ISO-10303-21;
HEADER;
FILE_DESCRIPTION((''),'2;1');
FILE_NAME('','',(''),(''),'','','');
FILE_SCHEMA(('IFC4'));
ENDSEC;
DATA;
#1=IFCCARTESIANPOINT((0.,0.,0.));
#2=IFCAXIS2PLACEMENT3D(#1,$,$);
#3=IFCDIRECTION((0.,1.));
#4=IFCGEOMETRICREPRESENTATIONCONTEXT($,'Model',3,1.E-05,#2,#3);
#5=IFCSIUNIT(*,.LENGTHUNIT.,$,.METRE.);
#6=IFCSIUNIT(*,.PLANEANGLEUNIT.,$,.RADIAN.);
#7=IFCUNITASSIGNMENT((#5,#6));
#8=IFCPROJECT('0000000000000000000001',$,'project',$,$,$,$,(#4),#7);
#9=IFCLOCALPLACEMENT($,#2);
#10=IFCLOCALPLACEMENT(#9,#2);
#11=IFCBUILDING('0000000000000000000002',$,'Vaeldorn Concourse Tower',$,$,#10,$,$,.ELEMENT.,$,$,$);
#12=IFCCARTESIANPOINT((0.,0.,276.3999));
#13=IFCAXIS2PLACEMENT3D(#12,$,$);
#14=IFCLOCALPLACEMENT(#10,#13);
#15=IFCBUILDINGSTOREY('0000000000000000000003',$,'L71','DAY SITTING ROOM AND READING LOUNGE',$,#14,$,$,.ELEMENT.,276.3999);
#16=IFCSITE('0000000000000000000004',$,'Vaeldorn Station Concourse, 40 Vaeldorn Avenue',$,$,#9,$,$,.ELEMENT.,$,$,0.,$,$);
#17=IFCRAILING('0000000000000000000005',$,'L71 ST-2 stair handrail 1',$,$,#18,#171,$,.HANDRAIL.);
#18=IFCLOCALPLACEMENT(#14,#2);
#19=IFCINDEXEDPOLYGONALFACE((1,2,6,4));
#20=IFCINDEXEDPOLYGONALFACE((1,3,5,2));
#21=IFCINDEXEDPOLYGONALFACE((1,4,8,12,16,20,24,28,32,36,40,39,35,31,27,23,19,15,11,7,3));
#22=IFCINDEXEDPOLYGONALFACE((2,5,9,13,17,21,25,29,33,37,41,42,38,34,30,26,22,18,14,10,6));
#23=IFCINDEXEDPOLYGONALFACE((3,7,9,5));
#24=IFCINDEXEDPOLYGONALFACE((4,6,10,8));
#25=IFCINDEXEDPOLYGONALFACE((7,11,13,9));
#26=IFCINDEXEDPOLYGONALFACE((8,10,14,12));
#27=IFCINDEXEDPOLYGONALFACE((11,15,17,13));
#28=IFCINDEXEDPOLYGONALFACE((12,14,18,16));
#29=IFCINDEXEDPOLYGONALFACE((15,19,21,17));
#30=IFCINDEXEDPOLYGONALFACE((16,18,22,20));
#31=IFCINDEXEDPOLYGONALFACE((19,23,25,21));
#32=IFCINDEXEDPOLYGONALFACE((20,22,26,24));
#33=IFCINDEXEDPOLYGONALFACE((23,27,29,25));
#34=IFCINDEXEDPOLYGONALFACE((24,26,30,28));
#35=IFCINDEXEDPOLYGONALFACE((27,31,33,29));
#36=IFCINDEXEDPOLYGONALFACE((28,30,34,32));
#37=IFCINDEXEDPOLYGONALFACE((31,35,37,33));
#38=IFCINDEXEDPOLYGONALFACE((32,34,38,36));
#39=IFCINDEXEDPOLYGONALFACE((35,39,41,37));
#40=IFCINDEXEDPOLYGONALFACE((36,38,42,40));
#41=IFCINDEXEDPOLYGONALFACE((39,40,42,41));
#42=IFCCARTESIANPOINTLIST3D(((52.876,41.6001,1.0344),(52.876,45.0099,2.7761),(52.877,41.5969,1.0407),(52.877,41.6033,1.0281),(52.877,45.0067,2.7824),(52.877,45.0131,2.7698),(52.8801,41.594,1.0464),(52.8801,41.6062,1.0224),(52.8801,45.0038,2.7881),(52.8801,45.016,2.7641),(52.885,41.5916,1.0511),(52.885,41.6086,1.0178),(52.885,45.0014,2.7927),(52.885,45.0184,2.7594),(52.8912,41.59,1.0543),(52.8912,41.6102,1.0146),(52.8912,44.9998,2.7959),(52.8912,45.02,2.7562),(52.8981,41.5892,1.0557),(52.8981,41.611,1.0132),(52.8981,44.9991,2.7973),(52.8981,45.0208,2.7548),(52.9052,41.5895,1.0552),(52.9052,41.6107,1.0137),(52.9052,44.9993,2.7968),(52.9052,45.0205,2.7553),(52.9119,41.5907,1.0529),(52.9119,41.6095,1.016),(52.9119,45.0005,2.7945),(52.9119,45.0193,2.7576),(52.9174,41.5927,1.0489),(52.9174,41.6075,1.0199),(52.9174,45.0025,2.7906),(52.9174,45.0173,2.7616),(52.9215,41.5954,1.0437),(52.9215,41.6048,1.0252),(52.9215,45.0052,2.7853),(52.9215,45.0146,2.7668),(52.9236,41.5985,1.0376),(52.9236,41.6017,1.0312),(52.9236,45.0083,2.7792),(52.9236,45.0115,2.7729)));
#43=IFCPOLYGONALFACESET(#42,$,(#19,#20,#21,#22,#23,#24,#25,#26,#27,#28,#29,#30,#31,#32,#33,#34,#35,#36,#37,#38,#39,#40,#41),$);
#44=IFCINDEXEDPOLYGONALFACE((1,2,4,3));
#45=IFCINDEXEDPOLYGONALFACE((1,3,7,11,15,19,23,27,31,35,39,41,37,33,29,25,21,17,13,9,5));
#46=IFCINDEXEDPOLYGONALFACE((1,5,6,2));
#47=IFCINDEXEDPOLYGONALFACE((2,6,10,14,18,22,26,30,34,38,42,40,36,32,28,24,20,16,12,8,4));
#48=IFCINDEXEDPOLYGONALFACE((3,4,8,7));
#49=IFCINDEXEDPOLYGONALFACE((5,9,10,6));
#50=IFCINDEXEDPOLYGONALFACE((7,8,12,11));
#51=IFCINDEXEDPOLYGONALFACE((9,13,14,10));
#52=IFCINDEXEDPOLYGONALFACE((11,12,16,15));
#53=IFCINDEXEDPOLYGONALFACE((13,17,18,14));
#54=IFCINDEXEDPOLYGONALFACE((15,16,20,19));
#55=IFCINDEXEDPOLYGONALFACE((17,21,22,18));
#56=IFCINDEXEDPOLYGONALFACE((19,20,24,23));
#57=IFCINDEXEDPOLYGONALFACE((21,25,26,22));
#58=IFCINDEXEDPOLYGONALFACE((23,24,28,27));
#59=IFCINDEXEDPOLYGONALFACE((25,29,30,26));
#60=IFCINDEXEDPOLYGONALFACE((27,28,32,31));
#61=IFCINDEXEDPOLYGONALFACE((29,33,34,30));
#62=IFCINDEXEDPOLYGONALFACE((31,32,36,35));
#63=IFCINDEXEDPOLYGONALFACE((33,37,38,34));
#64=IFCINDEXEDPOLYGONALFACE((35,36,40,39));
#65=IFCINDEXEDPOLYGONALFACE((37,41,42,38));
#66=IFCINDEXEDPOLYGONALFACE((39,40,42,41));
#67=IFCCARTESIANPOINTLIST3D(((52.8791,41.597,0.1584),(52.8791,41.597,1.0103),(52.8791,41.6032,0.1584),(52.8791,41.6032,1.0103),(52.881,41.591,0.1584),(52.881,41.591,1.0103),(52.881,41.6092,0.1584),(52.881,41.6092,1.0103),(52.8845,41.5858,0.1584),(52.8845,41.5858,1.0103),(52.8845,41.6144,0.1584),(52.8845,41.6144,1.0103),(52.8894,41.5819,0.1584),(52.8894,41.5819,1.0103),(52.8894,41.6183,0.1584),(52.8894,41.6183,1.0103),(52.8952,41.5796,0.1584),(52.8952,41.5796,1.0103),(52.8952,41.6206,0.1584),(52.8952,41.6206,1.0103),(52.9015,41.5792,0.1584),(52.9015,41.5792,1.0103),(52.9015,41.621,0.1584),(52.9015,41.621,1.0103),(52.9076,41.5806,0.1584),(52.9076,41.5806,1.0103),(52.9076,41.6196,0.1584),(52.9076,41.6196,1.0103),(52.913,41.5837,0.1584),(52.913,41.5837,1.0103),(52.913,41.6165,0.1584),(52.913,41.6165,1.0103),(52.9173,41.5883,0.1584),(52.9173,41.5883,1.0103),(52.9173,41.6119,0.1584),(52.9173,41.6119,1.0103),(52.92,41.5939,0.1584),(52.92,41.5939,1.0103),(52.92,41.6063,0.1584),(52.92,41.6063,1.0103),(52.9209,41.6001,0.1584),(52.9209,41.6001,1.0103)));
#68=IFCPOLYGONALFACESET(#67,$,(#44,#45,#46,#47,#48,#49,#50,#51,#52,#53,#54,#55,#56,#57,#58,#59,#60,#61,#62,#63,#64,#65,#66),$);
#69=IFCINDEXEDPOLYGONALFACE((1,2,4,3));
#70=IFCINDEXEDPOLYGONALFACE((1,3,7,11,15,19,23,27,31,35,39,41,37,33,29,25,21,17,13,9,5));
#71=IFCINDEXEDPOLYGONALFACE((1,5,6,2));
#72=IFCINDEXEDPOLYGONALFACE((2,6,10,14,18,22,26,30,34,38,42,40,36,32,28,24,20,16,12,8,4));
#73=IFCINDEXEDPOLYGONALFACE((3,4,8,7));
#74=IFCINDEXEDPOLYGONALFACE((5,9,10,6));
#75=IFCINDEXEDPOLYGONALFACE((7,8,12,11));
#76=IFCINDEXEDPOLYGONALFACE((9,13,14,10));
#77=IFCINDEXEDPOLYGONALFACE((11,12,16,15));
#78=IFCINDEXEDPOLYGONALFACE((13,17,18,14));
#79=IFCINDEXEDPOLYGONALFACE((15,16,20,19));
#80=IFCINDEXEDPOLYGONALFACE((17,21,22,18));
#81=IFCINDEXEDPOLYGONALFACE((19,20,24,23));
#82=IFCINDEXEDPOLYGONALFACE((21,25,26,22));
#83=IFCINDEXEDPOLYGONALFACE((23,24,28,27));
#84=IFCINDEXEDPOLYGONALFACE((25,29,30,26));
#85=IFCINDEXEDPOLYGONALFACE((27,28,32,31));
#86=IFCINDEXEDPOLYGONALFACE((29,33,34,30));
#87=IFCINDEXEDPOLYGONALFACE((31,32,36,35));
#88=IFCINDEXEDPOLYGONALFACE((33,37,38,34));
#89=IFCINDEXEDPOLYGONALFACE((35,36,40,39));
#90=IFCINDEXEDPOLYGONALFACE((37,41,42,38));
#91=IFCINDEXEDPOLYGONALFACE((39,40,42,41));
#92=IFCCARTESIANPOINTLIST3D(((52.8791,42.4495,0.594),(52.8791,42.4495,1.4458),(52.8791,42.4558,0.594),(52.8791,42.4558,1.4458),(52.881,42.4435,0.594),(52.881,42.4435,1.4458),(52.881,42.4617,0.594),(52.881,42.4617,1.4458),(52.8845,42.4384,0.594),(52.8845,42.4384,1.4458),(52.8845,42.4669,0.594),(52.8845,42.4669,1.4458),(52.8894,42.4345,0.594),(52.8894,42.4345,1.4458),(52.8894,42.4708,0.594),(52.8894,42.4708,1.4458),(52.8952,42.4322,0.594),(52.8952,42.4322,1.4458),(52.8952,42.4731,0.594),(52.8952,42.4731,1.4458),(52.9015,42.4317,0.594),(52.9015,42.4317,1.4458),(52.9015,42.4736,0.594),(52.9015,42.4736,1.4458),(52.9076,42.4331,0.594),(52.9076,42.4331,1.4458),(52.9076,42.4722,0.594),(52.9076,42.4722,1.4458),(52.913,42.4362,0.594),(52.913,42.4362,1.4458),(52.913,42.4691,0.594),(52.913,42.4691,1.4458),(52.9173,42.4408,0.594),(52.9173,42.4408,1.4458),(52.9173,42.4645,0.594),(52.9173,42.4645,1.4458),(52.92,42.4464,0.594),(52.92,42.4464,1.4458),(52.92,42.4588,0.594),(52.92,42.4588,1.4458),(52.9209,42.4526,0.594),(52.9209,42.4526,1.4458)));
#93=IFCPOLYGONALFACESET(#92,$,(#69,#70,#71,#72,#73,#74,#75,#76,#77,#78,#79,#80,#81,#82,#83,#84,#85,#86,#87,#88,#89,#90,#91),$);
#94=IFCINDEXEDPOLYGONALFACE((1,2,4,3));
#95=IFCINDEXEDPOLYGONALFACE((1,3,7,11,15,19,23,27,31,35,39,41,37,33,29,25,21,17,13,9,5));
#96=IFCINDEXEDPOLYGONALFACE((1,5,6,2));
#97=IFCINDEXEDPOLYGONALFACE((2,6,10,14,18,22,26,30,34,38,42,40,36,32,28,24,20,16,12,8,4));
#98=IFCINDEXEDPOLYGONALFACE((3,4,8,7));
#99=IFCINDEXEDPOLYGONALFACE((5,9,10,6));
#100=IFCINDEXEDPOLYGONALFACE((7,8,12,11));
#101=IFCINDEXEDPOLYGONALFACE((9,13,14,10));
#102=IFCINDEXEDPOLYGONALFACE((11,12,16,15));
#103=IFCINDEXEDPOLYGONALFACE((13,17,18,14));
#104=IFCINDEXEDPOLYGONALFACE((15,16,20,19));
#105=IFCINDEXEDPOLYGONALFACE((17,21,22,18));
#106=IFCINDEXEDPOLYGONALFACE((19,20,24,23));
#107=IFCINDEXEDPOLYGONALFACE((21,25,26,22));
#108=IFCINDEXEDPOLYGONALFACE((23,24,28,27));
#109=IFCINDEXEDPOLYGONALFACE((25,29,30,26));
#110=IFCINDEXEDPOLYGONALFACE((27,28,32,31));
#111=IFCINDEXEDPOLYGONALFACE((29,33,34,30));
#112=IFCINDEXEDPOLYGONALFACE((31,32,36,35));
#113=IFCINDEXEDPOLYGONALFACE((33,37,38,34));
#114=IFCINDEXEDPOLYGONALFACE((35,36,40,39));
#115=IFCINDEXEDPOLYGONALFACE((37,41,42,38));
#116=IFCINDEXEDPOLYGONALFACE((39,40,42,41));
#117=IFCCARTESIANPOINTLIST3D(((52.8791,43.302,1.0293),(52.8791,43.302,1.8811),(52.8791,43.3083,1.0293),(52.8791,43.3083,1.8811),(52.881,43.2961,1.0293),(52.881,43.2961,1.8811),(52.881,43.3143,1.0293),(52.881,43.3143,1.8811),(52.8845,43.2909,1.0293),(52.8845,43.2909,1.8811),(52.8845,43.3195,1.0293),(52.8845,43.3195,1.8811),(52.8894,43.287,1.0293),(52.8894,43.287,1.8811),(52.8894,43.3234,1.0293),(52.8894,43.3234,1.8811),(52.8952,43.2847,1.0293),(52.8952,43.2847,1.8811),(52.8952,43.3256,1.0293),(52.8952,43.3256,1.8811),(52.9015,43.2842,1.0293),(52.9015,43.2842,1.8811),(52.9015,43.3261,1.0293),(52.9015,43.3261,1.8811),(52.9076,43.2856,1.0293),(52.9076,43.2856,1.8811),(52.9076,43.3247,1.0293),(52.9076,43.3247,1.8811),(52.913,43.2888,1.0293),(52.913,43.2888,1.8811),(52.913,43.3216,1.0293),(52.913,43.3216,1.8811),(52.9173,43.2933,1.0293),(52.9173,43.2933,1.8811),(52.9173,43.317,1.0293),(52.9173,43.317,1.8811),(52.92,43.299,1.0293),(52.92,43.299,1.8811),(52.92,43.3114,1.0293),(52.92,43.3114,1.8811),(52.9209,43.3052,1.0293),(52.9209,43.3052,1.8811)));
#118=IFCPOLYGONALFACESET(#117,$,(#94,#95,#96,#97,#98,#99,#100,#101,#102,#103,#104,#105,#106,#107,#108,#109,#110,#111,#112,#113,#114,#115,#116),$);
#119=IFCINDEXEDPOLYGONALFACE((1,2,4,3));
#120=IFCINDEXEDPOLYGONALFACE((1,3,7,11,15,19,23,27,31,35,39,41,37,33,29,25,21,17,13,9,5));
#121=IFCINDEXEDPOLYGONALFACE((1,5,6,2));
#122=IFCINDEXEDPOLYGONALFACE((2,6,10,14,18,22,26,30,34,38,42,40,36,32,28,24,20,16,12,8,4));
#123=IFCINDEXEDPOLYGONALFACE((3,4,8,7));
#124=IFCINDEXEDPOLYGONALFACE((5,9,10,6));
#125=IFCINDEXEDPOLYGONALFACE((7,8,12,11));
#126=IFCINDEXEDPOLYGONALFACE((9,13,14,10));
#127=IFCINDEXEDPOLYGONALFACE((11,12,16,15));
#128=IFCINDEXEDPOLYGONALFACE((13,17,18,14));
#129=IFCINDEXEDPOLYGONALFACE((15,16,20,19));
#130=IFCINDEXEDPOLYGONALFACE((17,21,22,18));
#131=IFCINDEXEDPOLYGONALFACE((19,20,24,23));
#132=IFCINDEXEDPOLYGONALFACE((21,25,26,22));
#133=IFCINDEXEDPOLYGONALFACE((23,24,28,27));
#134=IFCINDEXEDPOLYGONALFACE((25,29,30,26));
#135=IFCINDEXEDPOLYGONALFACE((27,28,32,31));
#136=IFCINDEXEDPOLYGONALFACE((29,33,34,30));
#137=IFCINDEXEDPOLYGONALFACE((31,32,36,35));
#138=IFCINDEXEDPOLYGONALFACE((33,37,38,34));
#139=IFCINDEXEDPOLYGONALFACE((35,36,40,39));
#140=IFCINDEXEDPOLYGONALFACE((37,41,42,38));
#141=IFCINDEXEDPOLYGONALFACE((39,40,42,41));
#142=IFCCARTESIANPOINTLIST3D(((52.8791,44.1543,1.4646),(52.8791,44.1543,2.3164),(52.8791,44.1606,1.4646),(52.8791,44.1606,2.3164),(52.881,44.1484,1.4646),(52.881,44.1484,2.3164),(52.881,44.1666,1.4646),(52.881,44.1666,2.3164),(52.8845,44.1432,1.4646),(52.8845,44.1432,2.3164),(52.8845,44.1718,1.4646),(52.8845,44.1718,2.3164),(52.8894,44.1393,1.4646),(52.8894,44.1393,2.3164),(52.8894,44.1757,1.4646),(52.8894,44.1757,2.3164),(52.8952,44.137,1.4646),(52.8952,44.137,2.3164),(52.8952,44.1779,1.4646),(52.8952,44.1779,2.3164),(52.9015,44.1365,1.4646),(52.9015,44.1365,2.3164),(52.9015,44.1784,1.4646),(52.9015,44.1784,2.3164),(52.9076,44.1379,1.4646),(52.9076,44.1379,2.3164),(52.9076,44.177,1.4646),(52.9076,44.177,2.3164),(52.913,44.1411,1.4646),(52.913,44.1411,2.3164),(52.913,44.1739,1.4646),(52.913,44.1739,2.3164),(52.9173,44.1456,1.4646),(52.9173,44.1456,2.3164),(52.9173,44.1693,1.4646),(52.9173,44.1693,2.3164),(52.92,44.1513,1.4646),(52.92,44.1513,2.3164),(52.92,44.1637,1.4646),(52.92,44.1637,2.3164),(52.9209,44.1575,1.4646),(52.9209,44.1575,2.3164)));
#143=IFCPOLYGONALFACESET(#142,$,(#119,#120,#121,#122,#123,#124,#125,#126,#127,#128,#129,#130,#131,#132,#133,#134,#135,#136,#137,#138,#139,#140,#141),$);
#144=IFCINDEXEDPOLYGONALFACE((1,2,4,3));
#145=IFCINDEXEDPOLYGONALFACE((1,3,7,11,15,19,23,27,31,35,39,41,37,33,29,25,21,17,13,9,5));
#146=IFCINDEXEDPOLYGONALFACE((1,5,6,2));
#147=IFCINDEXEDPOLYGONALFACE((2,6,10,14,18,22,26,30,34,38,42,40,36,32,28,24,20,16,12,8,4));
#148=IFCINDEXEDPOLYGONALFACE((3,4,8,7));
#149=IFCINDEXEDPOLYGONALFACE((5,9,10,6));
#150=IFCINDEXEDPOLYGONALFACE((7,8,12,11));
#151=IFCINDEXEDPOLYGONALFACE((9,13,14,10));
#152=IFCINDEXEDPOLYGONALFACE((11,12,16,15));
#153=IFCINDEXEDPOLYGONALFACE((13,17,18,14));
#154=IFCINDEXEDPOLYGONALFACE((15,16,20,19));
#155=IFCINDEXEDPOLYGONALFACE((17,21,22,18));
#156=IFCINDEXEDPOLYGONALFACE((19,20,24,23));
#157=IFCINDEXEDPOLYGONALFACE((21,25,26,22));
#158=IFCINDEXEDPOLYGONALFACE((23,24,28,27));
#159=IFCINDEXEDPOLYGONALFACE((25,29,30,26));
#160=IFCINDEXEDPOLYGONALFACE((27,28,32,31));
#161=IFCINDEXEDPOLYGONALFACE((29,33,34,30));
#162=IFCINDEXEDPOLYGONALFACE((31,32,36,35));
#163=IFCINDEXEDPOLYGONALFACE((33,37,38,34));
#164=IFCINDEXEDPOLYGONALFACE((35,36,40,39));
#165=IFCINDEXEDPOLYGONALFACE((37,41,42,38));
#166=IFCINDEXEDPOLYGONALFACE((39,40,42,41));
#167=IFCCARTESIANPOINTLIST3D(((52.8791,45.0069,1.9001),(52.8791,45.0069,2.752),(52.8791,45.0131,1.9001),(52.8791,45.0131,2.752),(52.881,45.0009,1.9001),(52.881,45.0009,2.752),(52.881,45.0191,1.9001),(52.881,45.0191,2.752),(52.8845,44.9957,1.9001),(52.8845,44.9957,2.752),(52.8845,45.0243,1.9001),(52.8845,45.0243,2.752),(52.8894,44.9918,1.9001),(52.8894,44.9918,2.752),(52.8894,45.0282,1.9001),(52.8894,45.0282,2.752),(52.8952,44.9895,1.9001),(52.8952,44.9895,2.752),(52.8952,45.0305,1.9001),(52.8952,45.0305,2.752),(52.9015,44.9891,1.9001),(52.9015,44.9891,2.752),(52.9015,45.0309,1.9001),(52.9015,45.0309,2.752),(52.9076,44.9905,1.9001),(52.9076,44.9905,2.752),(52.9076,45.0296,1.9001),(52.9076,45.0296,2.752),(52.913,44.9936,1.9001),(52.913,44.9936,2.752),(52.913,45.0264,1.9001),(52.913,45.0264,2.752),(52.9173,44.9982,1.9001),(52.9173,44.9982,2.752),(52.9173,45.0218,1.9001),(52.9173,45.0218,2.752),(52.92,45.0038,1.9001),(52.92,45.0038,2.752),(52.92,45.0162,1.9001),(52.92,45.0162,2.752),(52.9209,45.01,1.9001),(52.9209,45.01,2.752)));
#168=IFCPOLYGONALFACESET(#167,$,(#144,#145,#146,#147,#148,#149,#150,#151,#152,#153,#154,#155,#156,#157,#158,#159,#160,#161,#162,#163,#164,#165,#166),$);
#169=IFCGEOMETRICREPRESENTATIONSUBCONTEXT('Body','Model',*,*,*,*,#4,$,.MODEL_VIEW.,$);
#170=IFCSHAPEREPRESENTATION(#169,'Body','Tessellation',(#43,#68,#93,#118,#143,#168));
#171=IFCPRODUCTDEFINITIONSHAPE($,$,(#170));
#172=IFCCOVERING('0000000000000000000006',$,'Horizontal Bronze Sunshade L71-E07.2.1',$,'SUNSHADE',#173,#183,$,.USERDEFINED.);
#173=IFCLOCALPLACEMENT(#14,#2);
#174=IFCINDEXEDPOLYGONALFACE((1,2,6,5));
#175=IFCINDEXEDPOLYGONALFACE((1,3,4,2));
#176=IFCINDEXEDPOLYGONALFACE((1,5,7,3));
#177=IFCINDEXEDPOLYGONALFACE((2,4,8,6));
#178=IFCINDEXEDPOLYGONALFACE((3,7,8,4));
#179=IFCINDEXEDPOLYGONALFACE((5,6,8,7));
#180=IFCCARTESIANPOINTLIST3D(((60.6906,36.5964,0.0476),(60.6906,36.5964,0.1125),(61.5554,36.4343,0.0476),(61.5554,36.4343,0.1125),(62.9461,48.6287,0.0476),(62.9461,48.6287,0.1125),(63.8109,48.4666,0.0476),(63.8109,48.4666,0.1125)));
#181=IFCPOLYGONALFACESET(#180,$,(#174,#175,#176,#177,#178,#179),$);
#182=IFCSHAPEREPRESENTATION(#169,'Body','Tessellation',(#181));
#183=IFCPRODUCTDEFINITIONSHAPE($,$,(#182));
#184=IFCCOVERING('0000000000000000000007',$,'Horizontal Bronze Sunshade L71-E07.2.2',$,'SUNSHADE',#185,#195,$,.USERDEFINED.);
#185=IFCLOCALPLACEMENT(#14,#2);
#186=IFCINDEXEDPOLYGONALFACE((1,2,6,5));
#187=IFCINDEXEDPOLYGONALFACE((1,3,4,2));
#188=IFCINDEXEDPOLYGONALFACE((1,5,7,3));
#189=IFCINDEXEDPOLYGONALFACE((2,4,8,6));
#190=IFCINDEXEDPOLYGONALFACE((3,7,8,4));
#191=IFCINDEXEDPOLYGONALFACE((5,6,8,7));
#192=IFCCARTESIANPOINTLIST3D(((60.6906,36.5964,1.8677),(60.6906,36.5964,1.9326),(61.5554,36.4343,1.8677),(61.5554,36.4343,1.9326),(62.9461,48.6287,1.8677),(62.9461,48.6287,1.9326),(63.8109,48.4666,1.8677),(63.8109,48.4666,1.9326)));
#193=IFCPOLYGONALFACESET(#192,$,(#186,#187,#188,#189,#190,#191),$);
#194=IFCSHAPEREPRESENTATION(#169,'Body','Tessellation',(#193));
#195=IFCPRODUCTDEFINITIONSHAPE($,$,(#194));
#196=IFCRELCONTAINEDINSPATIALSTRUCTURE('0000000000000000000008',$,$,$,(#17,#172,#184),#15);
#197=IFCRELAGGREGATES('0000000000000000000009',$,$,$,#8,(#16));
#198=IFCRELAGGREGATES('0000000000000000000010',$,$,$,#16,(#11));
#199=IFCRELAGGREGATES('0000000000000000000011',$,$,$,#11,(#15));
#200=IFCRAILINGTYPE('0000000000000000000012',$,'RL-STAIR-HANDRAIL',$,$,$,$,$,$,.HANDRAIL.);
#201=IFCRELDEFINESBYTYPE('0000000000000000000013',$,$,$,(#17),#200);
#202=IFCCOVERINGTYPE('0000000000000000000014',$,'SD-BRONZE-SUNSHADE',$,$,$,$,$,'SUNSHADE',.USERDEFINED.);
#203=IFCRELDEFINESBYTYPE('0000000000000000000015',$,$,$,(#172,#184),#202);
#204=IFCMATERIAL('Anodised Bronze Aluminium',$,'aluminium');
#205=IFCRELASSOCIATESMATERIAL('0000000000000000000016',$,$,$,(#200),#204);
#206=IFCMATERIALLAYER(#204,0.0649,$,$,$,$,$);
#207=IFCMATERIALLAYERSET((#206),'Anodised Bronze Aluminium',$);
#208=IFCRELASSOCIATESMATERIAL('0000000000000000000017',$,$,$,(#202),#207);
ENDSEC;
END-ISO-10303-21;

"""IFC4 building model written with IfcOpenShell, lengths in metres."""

from ifc_helpers import new_model, si_unit, direction, frame, origin, origin_2d, place, context, subcontext, project, spatial, rectangle, circle, extrude, source, transform, mapped, material, layer, layer_set, type_object, element, save


model = new_model("IFC4")

# Units and contexts
model_context = context("Model", 3, precision=1e-05, world=origin(), true_north=direction((0.0, 1.0)))
body_context = subcontext(model_context, "Body", "Model", "MODEL_VIEW")
ifc_project = project(units=[si_unit("LENGTHUNIT", "METRE"), si_unit("PLANEANGLEUNIT", "RADIAN")], contexts=[model_context])

# Site, building, storey
site_placement = place(None, origin())
site = spatial("IfcSite", under=ifc_project, at=site_placement, Name="Vaeldorn Station Concourse, 40 Vaeldorn Avenue", CompositionType="ELEMENT", RefElevation=0.0)
building_placement = place(site_placement, origin())
building = spatial("IfcBuilding", under=site, at=building_placement, Name="Vaeldorn Concourse Tower", CompositionType="ELEMENT")
storey_placement = place(building_placement, frame((0.0, 0.0, 276.3999)))
storey = spatial("IfcBuildingStorey", under=building, at=storey_placement, Name="L71", Description="DAY SITTING ROOM AND READING LOUNGE", CompositionType="ELEMENT", Elevation=276.3999)

# Shared definitions
ifc_material_1 = material(Name="Anodised Bronze Aluminium", Category="aluminium")

# Railing
railing_type_1 = type_object("IfcRailingType", Name="RL-STAIR-HANDRAIL", PredefinedType="HANDRAIL", material=ifc_material_1)
railing_1_placement = place(storey_placement, frame((52.8999, 41.6001, 0.1584)))
element("IfcRailing", 1, at=railing_1_placement, inside=storey, type_object=railing_type_1, Name="L71 ST-2 stair handrail 1", PredefinedType="HANDRAIL", context=body_context, shape_type="SweptSolid", body=[
    extrude(circle(Radius=0.0239, at=origin_2d()), frame((0.0, 0.0, 0.876), z_axis=(0.0, 0.890556, 0.454874), x_axis=(-1.0, 0.0, 0.0)), (0.0, 0.0, 1.0), 3.8289),
    extrude(circle(Radius=0.021, at=origin_2d()), origin(), (0.0, 0.0, 1.0), 0.8518),
    extrude(circle(Radius=0.021, at=origin_2d()), frame((0.0, 0.8525, 0.4355)), (0.0, 0.0, 1.0), 0.8518),
    extrude(circle(Radius=0.021, at=origin_2d()), frame((0.0, 1.7051, 0.8708)), (0.0, 0.0, 1.0), 0.8518),
    extrude(circle(Radius=0.021, at=origin_2d()), frame((0.0, 2.5574, 1.3062)), (0.0, 0.0, 1.0), 0.8518),
    extrude(circle(Radius=0.021, at=origin_2d()), frame((0.0, 3.4099, 1.7417)), (0.0, 0.0, 1.0), 0.8518),
])

# Coverings
ifc_layer_1 = layer(ifc_material_1, 0.0649)
ifc_layer_set_1 = layer_set([ifc_layer_1], Name="Anodised Bronze Aluminium")
covering_type = type_object("IfcCoveringType", Name="SD-BRONZE-SUNSHADE", ElementType="SUNSHADE", PredefinedType="USERDEFINED", material=ifc_layer_set_1)
shared_shape_1 = source(origin(), body_context, "Body", "SweptSolid", [
    extrude(rectangle(XDim=12.2419, YDim=0.8799, at=origin_2d()), origin(), (0.0, 0.0, 1.0), 0.0649),
])
for number, where, z_axis, x_axis, name in (
    (2, (62.2507, 42.5315, 0.0476), (0.0, 0.0, 1.0), (0.184243, 0.982881, 0.0), "Horizontal Bronze Sunshade L71-E07.2.1"),
    (3, (62.2507, 42.5315, 1.8677), (0.0, 0.0, 1.0), (0.184243, 0.982881, 0.0), "Horizontal Bronze Sunshade L71-E07.2.2"),
):
    element("IfcCovering", number, at=place(storey_placement, frame(where, z_axis=z_axis, x_axis=x_axis)), inside=storey, type_object=covering_type, Name=name, ObjectType="SUNSHADE", PredefinedType="USERDEFINED", context=body_context, shape_type="MappedRepresentation", body=[
        mapped(shared_shape_1, transform((0.0, 0.0, 0.0), scale=1.0)),
    ])

save(model, "model.ifc")
